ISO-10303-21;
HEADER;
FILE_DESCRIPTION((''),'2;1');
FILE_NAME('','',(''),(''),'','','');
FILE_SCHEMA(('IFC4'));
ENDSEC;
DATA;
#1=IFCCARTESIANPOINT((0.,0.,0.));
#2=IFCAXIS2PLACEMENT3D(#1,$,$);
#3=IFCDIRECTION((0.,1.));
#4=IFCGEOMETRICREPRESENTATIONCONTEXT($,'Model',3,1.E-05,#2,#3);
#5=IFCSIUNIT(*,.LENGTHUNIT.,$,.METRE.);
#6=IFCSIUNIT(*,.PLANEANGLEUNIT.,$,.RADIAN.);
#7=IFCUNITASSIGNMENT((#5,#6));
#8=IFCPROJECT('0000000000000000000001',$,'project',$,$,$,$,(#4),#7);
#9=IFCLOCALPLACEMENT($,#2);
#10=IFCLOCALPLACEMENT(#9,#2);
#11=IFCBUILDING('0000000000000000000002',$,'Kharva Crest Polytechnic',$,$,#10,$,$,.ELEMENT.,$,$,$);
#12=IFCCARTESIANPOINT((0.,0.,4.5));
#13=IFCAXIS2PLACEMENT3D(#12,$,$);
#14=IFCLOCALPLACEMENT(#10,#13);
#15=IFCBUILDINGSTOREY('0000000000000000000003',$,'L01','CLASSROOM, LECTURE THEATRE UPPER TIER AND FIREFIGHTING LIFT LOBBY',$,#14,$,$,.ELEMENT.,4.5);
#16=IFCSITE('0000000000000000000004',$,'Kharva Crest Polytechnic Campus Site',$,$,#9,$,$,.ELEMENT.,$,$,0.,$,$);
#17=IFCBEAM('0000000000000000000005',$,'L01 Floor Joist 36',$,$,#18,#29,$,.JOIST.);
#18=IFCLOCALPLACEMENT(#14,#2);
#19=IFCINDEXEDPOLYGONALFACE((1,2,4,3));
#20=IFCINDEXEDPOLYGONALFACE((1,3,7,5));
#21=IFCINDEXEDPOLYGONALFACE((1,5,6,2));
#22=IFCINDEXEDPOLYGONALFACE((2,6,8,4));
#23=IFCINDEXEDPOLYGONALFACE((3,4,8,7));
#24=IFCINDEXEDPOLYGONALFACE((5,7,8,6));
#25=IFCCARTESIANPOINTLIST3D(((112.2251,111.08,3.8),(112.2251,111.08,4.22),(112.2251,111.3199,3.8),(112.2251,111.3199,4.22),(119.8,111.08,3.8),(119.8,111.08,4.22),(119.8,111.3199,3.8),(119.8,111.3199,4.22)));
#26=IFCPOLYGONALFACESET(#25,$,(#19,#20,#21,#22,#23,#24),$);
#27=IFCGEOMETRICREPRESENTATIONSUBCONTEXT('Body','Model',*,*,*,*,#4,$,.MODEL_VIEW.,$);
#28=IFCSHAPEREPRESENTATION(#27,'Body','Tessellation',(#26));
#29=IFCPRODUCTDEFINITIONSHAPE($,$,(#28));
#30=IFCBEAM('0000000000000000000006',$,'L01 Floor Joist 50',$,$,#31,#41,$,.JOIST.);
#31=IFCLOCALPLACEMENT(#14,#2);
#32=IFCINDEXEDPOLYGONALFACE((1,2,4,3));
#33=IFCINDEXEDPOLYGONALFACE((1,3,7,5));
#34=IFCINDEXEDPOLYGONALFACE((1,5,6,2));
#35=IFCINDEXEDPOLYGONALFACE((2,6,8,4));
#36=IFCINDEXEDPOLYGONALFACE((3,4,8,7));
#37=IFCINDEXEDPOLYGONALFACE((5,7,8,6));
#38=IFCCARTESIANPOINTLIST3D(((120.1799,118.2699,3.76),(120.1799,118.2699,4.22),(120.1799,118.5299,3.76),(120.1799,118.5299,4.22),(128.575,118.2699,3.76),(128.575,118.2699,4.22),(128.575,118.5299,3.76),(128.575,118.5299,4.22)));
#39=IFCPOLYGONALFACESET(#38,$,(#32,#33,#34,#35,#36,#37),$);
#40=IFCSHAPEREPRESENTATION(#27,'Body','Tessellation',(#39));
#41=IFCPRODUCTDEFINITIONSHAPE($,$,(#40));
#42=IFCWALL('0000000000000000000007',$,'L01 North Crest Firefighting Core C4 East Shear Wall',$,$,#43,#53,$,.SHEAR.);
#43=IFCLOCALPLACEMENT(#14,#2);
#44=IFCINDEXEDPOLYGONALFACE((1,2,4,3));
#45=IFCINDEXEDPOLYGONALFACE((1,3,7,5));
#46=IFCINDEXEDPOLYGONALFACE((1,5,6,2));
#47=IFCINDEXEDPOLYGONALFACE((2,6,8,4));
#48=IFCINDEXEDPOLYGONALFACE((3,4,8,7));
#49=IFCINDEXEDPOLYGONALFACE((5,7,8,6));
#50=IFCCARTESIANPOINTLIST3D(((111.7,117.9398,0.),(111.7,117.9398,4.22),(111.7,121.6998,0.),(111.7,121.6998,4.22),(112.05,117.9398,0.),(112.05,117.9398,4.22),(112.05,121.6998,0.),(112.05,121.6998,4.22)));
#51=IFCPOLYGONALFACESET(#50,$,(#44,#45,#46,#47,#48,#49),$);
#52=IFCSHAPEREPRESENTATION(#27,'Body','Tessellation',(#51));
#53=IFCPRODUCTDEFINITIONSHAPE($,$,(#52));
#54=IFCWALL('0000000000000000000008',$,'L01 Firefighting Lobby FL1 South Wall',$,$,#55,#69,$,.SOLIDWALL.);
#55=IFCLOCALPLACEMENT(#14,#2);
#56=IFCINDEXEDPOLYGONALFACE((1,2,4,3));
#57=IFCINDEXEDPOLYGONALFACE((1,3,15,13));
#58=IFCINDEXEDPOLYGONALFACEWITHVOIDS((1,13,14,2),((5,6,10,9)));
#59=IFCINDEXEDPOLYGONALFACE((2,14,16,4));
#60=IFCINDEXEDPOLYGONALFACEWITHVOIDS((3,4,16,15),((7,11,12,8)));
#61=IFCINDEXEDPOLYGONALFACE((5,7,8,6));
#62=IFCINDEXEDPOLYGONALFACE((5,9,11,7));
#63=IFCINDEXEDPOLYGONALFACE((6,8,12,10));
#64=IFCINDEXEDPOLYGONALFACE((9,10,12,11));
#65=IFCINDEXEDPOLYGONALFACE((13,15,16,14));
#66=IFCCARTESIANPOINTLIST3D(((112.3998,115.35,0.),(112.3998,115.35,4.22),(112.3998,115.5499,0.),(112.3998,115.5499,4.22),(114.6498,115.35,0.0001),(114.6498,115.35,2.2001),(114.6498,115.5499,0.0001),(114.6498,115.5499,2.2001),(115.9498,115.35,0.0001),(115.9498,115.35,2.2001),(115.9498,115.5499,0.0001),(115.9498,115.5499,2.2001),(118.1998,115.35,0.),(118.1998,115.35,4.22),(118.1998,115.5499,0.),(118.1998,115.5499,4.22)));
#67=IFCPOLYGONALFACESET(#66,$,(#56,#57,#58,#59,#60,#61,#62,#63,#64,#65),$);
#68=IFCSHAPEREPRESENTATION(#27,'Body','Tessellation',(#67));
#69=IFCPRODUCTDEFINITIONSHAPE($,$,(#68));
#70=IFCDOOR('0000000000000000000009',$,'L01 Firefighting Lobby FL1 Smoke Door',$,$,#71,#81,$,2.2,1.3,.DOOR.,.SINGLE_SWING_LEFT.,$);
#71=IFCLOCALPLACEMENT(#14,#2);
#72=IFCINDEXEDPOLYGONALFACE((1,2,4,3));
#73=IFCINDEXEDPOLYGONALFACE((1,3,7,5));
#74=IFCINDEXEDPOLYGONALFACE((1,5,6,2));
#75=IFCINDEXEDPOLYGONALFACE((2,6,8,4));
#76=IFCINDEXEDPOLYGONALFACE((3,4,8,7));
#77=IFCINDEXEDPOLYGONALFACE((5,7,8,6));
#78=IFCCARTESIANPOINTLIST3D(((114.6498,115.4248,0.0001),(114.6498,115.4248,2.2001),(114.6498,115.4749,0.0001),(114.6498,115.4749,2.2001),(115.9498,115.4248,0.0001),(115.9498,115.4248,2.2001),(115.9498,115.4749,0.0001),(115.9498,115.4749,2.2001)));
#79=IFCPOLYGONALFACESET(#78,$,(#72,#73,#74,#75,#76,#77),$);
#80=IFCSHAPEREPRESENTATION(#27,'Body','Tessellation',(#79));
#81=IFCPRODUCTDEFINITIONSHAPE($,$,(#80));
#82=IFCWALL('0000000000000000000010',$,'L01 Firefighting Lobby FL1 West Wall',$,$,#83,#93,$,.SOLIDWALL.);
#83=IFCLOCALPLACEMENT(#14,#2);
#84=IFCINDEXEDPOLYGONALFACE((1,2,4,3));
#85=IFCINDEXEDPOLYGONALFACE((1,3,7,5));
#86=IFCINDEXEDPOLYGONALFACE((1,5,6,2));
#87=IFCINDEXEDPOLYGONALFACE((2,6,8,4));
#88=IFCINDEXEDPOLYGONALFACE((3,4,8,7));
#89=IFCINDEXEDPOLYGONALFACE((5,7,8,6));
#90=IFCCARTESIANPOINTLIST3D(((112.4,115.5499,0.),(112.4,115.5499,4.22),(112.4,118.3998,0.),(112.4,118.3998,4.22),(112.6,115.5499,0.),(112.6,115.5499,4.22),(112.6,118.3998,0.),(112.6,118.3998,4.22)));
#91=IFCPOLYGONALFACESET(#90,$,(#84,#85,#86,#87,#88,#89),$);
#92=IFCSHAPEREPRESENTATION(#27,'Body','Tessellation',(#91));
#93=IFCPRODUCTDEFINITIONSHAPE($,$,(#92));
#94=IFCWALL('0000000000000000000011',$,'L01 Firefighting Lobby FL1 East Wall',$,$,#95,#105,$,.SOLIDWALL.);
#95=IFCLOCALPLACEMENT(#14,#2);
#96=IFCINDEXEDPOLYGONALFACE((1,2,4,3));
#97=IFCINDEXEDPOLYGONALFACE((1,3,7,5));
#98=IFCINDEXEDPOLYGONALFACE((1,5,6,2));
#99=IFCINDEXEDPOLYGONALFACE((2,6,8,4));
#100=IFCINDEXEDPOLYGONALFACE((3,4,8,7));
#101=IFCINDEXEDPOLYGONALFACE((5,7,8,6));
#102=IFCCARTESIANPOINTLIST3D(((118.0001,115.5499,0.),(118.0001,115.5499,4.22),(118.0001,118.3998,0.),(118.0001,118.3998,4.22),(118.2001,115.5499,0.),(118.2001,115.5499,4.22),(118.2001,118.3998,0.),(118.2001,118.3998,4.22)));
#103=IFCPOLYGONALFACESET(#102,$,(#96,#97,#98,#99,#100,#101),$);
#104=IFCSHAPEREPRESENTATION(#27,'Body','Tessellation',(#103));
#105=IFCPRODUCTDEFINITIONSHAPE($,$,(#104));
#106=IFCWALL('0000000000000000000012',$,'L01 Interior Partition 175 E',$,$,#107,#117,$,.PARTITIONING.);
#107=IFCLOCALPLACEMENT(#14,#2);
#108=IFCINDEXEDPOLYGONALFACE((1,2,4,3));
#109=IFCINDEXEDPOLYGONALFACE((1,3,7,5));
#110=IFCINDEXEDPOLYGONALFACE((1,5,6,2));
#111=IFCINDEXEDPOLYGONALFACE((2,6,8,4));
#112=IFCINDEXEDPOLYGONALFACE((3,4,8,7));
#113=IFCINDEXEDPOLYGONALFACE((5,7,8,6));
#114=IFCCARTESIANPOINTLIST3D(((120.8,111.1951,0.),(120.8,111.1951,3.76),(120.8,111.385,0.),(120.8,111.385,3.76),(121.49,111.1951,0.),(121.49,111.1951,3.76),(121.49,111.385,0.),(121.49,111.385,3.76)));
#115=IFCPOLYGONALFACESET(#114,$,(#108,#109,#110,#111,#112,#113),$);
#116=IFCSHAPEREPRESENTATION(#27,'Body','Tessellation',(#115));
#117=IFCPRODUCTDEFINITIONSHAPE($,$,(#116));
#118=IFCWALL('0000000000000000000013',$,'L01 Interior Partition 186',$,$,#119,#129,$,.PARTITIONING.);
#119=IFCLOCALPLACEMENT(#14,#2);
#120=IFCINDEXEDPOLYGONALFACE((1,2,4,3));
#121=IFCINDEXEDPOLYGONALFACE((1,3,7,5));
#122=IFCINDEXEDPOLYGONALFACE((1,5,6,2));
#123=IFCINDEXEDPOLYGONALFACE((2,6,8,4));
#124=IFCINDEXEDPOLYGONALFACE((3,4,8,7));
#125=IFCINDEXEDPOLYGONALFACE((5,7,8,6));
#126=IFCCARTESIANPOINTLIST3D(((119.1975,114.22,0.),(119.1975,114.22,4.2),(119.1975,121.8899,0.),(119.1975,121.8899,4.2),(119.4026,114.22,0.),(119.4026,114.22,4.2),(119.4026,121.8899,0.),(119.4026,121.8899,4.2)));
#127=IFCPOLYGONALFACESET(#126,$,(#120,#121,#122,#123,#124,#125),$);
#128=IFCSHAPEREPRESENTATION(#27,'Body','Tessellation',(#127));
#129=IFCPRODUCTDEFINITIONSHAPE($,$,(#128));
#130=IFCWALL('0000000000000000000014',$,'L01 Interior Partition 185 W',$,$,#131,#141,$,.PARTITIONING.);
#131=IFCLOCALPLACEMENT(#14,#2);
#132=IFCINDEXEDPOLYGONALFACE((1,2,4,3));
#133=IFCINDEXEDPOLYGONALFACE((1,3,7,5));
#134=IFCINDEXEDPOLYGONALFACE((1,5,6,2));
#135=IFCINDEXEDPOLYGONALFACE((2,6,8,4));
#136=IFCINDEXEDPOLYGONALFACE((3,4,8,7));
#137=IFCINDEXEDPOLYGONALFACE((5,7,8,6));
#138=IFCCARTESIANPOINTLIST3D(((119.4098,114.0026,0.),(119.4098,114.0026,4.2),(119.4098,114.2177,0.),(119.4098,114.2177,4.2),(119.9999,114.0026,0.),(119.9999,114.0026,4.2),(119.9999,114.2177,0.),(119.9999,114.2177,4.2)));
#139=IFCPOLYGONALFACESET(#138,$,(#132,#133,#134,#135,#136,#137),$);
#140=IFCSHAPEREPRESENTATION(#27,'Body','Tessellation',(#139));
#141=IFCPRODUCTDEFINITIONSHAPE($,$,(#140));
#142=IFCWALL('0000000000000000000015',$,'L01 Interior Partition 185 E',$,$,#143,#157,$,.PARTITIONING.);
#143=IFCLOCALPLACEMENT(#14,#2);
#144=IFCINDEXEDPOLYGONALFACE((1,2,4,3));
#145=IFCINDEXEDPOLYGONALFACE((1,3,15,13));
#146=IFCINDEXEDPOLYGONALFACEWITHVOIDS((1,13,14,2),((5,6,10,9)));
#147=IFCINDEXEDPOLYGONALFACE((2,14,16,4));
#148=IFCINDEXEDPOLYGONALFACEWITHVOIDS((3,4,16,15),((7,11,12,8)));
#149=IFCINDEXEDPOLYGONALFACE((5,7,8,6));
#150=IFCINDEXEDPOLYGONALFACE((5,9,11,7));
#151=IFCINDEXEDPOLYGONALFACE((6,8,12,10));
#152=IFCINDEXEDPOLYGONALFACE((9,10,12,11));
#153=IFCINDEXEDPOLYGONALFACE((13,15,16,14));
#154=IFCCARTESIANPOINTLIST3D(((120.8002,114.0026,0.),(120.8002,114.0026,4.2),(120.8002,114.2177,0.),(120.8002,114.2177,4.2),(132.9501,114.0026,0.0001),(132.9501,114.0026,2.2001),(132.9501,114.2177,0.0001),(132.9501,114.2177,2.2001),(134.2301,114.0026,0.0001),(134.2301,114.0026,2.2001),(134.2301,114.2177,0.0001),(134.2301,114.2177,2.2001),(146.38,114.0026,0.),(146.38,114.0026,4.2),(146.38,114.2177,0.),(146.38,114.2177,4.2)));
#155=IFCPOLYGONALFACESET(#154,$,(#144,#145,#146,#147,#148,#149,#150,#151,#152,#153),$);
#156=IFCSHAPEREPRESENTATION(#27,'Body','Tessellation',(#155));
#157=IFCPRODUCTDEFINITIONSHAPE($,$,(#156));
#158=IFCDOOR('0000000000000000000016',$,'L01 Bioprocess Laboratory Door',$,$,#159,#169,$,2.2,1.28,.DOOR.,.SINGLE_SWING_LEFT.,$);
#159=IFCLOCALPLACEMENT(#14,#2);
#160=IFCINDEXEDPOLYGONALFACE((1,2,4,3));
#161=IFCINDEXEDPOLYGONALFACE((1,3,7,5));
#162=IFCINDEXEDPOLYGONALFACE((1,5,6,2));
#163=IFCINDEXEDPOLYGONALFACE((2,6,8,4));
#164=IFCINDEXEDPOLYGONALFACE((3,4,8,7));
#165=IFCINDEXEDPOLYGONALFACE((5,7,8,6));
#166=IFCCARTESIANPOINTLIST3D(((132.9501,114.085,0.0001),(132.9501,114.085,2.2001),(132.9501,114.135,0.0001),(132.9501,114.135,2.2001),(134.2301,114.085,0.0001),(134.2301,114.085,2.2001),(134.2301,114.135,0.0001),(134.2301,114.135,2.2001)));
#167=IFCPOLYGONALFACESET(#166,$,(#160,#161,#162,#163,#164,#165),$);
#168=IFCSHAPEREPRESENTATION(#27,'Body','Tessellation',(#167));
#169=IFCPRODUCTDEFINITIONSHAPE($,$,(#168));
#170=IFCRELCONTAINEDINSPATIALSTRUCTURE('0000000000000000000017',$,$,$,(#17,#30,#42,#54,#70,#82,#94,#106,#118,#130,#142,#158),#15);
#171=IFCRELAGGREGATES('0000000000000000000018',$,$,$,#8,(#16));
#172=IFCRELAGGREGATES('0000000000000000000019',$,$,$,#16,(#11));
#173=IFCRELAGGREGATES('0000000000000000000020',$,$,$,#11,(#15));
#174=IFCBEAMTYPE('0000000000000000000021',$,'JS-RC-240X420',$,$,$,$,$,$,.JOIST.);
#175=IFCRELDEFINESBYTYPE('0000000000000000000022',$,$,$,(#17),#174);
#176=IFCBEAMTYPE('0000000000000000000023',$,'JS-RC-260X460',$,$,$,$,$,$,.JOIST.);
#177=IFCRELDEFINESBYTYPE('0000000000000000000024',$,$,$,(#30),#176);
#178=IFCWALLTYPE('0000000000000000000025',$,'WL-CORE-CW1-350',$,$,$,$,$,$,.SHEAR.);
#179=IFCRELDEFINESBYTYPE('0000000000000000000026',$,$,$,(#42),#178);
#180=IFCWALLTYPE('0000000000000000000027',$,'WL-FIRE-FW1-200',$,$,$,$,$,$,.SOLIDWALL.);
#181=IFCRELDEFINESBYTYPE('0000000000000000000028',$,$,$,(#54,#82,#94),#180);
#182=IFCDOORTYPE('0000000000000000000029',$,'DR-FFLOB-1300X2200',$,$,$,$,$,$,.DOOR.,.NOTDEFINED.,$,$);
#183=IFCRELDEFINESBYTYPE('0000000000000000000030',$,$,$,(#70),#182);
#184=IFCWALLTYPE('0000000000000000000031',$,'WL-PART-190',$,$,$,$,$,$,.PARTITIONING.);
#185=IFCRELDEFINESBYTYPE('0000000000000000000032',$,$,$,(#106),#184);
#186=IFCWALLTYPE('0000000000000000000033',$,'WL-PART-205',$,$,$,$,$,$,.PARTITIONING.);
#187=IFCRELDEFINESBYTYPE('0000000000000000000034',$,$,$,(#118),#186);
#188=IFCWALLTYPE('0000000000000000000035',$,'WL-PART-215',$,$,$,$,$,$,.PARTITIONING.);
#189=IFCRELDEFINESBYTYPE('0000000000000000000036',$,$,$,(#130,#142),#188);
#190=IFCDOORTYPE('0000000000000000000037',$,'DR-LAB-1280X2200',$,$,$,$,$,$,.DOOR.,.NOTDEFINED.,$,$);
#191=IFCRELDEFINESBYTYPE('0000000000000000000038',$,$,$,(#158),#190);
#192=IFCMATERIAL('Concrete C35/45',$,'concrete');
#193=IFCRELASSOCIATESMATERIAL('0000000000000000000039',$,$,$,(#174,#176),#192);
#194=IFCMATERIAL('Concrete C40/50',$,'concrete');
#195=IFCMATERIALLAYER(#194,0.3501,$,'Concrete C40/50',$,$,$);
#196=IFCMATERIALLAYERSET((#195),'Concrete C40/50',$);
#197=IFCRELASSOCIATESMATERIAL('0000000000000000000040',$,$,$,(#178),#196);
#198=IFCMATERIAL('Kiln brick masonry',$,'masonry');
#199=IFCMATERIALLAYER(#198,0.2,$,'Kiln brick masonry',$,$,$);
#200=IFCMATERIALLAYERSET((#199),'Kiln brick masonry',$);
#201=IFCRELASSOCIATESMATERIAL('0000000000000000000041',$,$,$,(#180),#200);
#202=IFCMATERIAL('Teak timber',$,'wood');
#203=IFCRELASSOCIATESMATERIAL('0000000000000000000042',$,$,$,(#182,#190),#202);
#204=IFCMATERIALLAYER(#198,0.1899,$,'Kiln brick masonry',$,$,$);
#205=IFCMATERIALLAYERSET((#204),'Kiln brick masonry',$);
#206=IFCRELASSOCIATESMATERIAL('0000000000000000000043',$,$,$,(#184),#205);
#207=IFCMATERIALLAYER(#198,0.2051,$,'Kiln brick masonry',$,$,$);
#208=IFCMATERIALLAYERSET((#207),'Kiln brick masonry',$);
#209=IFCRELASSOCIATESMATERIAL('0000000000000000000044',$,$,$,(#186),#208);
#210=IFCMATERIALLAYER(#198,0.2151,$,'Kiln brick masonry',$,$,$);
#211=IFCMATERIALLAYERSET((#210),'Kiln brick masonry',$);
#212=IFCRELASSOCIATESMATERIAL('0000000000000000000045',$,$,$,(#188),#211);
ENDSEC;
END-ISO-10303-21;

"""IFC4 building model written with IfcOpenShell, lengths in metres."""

from ifc_helpers import new_model, si_unit, direction, frame, frame_2d, origin, origin_2d, place, context, subcontext, project, spatial, rectangle, extrude, material, layer, layer_set, material_profile, profile_set, type_object, element, fill, save


model = new_model("IFC4")

# Units and contexts
model_context = context("Model", 3, precision=1e-05, world=origin(), true_north=direction((0.0, 1.0)))
body_context = subcontext(model_context, "Body", "Model", "MODEL_VIEW")
ifc_project = project(units=[si_unit("LENGTHUNIT", "METRE"), si_unit("PLANEANGLEUNIT", "RADIAN")], contexts=[model_context])

# Site, building, storey
site_placement = place(None, origin())
site = spatial("IfcSite", under=ifc_project, at=site_placement, Name="Kharva Crest Polytechnic Campus Site", CompositionType="ELEMENT", RefElevation=0.0)
building_placement = place(site_placement, origin())
building = spatial("IfcBuilding", under=site, at=building_placement, Name="Kharva Crest Polytechnic", CompositionType="ELEMENT")
storey_placement = place(building_placement, frame((0.0, 0.0, 4.5)))
storey = spatial("IfcBuildingStorey", under=building, at=storey_placement, Name="L01", Description="CLASSROOM, LECTURE THEATRE UPPER TIER AND FIREFIGHTING LIFT LOBBY", CompositionType="ELEMENT", Elevation=4.5)

# Shared definitions
ifc_material_1 = material(Name="Concrete C40/50", Category="concrete")

# Beams
ifc_material_2 = material(Name="Concrete C35/45", Category="concrete")
ifc_material_profile_1 = material_profile(ifc_material_2, rectangle(XDim=0.24, YDim=0.4199, at=origin_2d()), Name="RECT 240 X 420")
ifc_profile_set_1 = profile_set([ifc_material_profile_1], Name="Concrete C35/45")
beam_type_1 = type_object("IfcBeamType", Name="JS-RC-240X420", PredefinedType="JOIST", material=ifc_profile_set_1)
beam_1_placement = place(storey_placement, frame((112.2251, 111.2, 4.01), z_axis=(1.0, 0.0, 0.0), x_axis=(0.0, 1.0, 0.0)))
element("IfcBeam", 1, at=beam_1_placement, inside=storey, type_object=beam_type_1, Name="L01 Floor Joist 36", PredefinedType="JOIST", context=body_context, shape_type="SweptSolid", body=[
    extrude(rectangle(XDim=0.24, YDim=0.4199, at=origin_2d()), origin(), (0.0, 0.0, 1.0), 7.575),
])
ifc_material_profile_2 = material_profile(ifc_material_2, rectangle(XDim=0.26, YDim=0.46, at=origin_2d()), Name="RECT 260 X 460")
ifc_profile_set_2 = profile_set([ifc_material_profile_2], Name="Concrete C35/45")
beam_type_2 = type_object("IfcBeamType", Name="JS-RC-260X460", PredefinedType="JOIST", material=ifc_profile_set_2)
beam_2_placement = place(storey_placement, frame((120.1799, 118.3999, 3.99), z_axis=(1.0, 0.0, 0.0), x_axis=(0.0, 1.0, 0.0)))
element("IfcBeam", 2, at=beam_2_placement, inside=storey, type_object=beam_type_2, Name="L01 Floor Joist 50", PredefinedType="JOIST", context=body_context, shape_type="SweptSolid", body=[
    extrude(rectangle(XDim=0.26, YDim=0.46, at=origin_2d()), origin(), (0.0, 0.0, 1.0), 8.395),
])

# Wall
ifc_layer_1 = layer(ifc_material_1, 0.3501, Name="Concrete C40/50")
ifc_layer_set_1 = layer_set([ifc_layer_1], Name="Concrete C40/50")
wall_type_1 = type_object("IfcWallType", Name="WL-CORE-CW1-350", PredefinedType="SHEAR", material=ifc_layer_set_1)
wall_1_placement = place(storey_placement, frame((111.875, 117.9399, 0.0), z_axis=(0.0, 0.0, 1.0), x_axis=(0.0, 1.0, 0.0)))
element("IfcWall", 3, at=wall_1_placement, inside=storey, type_object=wall_type_1, Name="L01 North Crest Firefighting Core C4 East Shear Wall", PredefinedType="SHEAR", context=body_context, shape_type="SweptSolid", body=[
    extrude(rectangle(XDim=3.76, YDim=0.3501, at=frame_2d((1.8799, 0.0))), origin(), (0.0, 0.0, 1.0), 4.22),
])

# Wall, opening, door
ifc_material_3 = material(Name="Kiln brick masonry", Category="masonry")
ifc_layer_2 = layer(ifc_material_3, 0.2, Name="Kiln brick masonry")
ifc_layer_set_2 = layer_set([ifc_layer_2], Name="Kiln brick masonry")
wall_type_2 = type_object("IfcWallType", Name="WL-FIRE-FW1-200", PredefinedType="SOLIDWALL", material=ifc_layer_set_2)
wall_2_placement = place(storey_placement, frame((112.3999, 115.45, 0.0), z_axis=(0.0, 0.0, 1.0), x_axis=(1.0, 0.0, 0.0)))
wall_2 = element("IfcWall", 4, at=wall_2_placement, inside=storey, type_object=wall_type_2, Name="L01 Firefighting Lobby FL1 South Wall", PredefinedType="SOLIDWALL", context=body_context, shape_type="SweptSolid", body=[
    extrude(rectangle(XDim=5.8, YDim=0.2, at=frame_2d((2.8999, 0.0))), origin(), (0.0, 0.0, 1.0), 4.22),
])
opening_1_placement = place(wall_2_placement, frame((2.25, 0.0, 0.0)))
opening_1 = element("IfcOpeningElement", 5, at=opening_1_placement, cuts=wall_2, PredefinedType="OPENING", context=body_context, shape_type="SweptSolid", body=[
    extrude(rectangle(XDim=1.3, YDim=2.2, at=frame_2d((0.6499, 1.1001))), frame((0.0, 0.1099, 0.0), z_axis=(0.0, -1.0, 0.0), x_axis=(1.0, 0.0, 0.0)), (0.0, 0.0, 1.0), 0.22),
])
ifc_material_4 = material(Name="Teak timber", Category="wood")
door_type_1 = type_object("IfcDoorType", Name="DR-FFLOB-1300X2200", OperationType="NOTDEFINED", PredefinedType="DOOR", material=ifc_material_4)
door_1_placement = place(opening_1_placement, origin())
door_1 = element("IfcDoor", 6, at=door_1_placement, inside=storey, type_object=door_type_1, Name="L01 Firefighting Lobby FL1 Smoke Door", OperationType="SINGLE_SWING_LEFT", OverallHeight=2.2, OverallWidth=1.3, PredefinedType="DOOR", context=body_context, shape_type="SweptSolid", body=[
    extrude(rectangle(XDim=1.3, YDim=2.2, at=frame_2d((0.6499, 1.1001))), frame((0.0, 0.0249, 0.0), z_axis=(0.0, -1.0, 0.0), x_axis=(1.0, 0.0, 0.0)), (0.0, 0.0, 1.0), 0.05),
])
fill(opening_1, door_1)

# Walls
for number, where, z_axis, x_axis, name in (
    (7, (112.5, 115.55, 0.0), (0.0, 0.0, 1.0), (0.0, 1.0, 0.0), "L01 Firefighting Lobby FL1 West Wall"),
    (8, (118.1001, 115.55, 0.0), (0.0, 0.0, 1.0), (0.0, 1.0, 0.0), "L01 Firefighting Lobby FL1 East Wall"),
):
    element("IfcWall", number, at=place(storey_placement, frame(where, z_axis=z_axis, x_axis=x_axis)), inside=storey, type_object=wall_type_2, Name=name, PredefinedType="SOLIDWALL", context=body_context, shape_type="SweptSolid", body=[
        extrude(rectangle(XDim=2.8499, YDim=0.2, at=frame_2d((1.4248, 0.0))), origin(), (0.0, 0.0, 1.0), 4.22),
    ])
ifc_layer_3 = layer(ifc_material_3, 0.1899, Name="Kiln brick masonry")
ifc_layer_set_3 = layer_set([ifc_layer_3], Name="Kiln brick masonry")
wall_type_3 = type_object("IfcWallType", Name="WL-PART-190", PredefinedType="PARTITIONING", material=ifc_layer_set_3)
wall_3_placement = place(storey_placement, frame((120.8, 111.29, 0.0), z_axis=(0.0, 0.0, 1.0), x_axis=(1.0, 0.0, 0.0)))
element("IfcWall", 9, at=wall_3_placement, inside=storey, type_object=wall_type_3, Name="L01 Interior Partition 175 E", PredefinedType="PARTITIONING", context=body_context, shape_type="SweptSolid", body=[
    extrude(rectangle(XDim=0.6899, YDim=0.1899, at=frame_2d((0.345, 0.0))), origin(), (0.0, 0.0, 1.0), 3.76),
])
ifc_layer_4 = layer(ifc_material_3, 0.2051, Name="Kiln brick masonry")
ifc_layer_set_4 = layer_set([ifc_layer_4], Name="Kiln brick masonry")
wall_type_4 = type_object("IfcWallType", Name="WL-PART-205", PredefinedType="PARTITIONING", material=ifc_layer_set_4)
wall_4_placement = place(storey_placement, frame((119.3, 114.22, 0.0), z_axis=(0.0, 0.0, 1.0), x_axis=(0.0, 1.0, 0.0)))
element("IfcWall", 10, at=wall_4_placement, inside=storey, type_object=wall_type_4, Name="L01 Interior Partition 186", PredefinedType="PARTITIONING", context=body_context, shape_type="SweptSolid", body=[
    extrude(rectangle(XDim=7.6699, YDim=0.2051, at=frame_2d((3.835, 0.0))), origin(), (0.0, 0.0, 1.0), 4.2),
])
ifc_layer_5 = layer(ifc_material_3, 0.2151, Name="Kiln brick masonry")
ifc_layer_set_5 = layer_set([ifc_layer_5], Name="Kiln brick masonry")
wall_type_5 = type_object("IfcWallType", Name="WL-PART-215", PredefinedType="PARTITIONING", material=ifc_layer_set_5)
wall_5_placement = place(storey_placement, frame((119.4099, 114.1101, 0.0), z_axis=(0.0, 0.0, 1.0), x_axis=(1.0, 0.0, 0.0)))
element("IfcWall", 11, at=wall_5_placement, inside=storey, type_object=wall_type_5, Name="L01 Interior Partition 185 W", PredefinedType="PARTITIONING", context=body_context, shape_type="SweptSolid", body=[
    extrude(rectangle(XDim=0.5901, YDim=0.2151, at=frame_2d((0.2949, 0.0))), origin(), (0.0, 0.0, 1.0), 4.2),
])

# Wall, opening, door
wall_6_placement = place(storey_placement, frame((120.8, 114.1101, 0.0), z_axis=(0.0, 0.0, 1.0), x_axis=(1.0, 0.0, 0.0)))
wall_6 = element("IfcWall", 12, at=wall_6_placement, inside=storey, type_object=wall_type_5, Name="L01 Interior Partition 185 E", PredefinedType="PARTITIONING", context=body_context, shape_type="SweptSolid", body=[
    extrude(rectangle(XDim=25.5798, YDim=0.2151, at=frame_2d((12.79, 0.0))), origin(), (0.0, 0.0, 1.0), 4.2),
])
opening_2_placement = place(wall_6_placement, frame((12.1499, 0.0, 0.0)))
opening_2 = element("IfcOpeningElement", 13, at=opening_2_placement, cuts=wall_6, PredefinedType="OPENING", context=body_context, shape_type="SweptSolid", body=[
    extrude(rectangle(XDim=1.28, YDim=2.2, at=frame_2d((0.6401, 1.1001))), frame((0.0, 0.1174, 0.0), z_axis=(0.0, -1.0, 0.0), x_axis=(1.0, 0.0, 0.0)), (0.0, 0.0, 1.0), 0.2351),
])
door_type_2 = type_object("IfcDoorType", Name="DR-LAB-1280X2200", OperationType="NOTDEFINED", PredefinedType="DOOR", material=ifc_material_4)
door_2_placement = place(opening_2_placement, origin())
door_2 = element("IfcDoor", 14, at=door_2_placement, inside=storey, type_object=door_type_2, Name="L01 Bioprocess Laboratory Door", OperationType="SINGLE_SWING_LEFT", OverallHeight=2.2, OverallWidth=1.28, PredefinedType="DOOR", context=body_context, shape_type="SweptSolid", body=[
    extrude(rectangle(XDim=1.28, YDim=2.2, at=frame_2d((0.6401, 1.1001))), frame((0.0, 0.0249, 0.0), z_axis=(0.0, -1.0, 0.0), x_axis=(1.0, 0.0, 0.0)), (0.0, 0.0, 1.0), 0.05),
])
fill(opening_2, door_2)

save(model, "model.ifc")
